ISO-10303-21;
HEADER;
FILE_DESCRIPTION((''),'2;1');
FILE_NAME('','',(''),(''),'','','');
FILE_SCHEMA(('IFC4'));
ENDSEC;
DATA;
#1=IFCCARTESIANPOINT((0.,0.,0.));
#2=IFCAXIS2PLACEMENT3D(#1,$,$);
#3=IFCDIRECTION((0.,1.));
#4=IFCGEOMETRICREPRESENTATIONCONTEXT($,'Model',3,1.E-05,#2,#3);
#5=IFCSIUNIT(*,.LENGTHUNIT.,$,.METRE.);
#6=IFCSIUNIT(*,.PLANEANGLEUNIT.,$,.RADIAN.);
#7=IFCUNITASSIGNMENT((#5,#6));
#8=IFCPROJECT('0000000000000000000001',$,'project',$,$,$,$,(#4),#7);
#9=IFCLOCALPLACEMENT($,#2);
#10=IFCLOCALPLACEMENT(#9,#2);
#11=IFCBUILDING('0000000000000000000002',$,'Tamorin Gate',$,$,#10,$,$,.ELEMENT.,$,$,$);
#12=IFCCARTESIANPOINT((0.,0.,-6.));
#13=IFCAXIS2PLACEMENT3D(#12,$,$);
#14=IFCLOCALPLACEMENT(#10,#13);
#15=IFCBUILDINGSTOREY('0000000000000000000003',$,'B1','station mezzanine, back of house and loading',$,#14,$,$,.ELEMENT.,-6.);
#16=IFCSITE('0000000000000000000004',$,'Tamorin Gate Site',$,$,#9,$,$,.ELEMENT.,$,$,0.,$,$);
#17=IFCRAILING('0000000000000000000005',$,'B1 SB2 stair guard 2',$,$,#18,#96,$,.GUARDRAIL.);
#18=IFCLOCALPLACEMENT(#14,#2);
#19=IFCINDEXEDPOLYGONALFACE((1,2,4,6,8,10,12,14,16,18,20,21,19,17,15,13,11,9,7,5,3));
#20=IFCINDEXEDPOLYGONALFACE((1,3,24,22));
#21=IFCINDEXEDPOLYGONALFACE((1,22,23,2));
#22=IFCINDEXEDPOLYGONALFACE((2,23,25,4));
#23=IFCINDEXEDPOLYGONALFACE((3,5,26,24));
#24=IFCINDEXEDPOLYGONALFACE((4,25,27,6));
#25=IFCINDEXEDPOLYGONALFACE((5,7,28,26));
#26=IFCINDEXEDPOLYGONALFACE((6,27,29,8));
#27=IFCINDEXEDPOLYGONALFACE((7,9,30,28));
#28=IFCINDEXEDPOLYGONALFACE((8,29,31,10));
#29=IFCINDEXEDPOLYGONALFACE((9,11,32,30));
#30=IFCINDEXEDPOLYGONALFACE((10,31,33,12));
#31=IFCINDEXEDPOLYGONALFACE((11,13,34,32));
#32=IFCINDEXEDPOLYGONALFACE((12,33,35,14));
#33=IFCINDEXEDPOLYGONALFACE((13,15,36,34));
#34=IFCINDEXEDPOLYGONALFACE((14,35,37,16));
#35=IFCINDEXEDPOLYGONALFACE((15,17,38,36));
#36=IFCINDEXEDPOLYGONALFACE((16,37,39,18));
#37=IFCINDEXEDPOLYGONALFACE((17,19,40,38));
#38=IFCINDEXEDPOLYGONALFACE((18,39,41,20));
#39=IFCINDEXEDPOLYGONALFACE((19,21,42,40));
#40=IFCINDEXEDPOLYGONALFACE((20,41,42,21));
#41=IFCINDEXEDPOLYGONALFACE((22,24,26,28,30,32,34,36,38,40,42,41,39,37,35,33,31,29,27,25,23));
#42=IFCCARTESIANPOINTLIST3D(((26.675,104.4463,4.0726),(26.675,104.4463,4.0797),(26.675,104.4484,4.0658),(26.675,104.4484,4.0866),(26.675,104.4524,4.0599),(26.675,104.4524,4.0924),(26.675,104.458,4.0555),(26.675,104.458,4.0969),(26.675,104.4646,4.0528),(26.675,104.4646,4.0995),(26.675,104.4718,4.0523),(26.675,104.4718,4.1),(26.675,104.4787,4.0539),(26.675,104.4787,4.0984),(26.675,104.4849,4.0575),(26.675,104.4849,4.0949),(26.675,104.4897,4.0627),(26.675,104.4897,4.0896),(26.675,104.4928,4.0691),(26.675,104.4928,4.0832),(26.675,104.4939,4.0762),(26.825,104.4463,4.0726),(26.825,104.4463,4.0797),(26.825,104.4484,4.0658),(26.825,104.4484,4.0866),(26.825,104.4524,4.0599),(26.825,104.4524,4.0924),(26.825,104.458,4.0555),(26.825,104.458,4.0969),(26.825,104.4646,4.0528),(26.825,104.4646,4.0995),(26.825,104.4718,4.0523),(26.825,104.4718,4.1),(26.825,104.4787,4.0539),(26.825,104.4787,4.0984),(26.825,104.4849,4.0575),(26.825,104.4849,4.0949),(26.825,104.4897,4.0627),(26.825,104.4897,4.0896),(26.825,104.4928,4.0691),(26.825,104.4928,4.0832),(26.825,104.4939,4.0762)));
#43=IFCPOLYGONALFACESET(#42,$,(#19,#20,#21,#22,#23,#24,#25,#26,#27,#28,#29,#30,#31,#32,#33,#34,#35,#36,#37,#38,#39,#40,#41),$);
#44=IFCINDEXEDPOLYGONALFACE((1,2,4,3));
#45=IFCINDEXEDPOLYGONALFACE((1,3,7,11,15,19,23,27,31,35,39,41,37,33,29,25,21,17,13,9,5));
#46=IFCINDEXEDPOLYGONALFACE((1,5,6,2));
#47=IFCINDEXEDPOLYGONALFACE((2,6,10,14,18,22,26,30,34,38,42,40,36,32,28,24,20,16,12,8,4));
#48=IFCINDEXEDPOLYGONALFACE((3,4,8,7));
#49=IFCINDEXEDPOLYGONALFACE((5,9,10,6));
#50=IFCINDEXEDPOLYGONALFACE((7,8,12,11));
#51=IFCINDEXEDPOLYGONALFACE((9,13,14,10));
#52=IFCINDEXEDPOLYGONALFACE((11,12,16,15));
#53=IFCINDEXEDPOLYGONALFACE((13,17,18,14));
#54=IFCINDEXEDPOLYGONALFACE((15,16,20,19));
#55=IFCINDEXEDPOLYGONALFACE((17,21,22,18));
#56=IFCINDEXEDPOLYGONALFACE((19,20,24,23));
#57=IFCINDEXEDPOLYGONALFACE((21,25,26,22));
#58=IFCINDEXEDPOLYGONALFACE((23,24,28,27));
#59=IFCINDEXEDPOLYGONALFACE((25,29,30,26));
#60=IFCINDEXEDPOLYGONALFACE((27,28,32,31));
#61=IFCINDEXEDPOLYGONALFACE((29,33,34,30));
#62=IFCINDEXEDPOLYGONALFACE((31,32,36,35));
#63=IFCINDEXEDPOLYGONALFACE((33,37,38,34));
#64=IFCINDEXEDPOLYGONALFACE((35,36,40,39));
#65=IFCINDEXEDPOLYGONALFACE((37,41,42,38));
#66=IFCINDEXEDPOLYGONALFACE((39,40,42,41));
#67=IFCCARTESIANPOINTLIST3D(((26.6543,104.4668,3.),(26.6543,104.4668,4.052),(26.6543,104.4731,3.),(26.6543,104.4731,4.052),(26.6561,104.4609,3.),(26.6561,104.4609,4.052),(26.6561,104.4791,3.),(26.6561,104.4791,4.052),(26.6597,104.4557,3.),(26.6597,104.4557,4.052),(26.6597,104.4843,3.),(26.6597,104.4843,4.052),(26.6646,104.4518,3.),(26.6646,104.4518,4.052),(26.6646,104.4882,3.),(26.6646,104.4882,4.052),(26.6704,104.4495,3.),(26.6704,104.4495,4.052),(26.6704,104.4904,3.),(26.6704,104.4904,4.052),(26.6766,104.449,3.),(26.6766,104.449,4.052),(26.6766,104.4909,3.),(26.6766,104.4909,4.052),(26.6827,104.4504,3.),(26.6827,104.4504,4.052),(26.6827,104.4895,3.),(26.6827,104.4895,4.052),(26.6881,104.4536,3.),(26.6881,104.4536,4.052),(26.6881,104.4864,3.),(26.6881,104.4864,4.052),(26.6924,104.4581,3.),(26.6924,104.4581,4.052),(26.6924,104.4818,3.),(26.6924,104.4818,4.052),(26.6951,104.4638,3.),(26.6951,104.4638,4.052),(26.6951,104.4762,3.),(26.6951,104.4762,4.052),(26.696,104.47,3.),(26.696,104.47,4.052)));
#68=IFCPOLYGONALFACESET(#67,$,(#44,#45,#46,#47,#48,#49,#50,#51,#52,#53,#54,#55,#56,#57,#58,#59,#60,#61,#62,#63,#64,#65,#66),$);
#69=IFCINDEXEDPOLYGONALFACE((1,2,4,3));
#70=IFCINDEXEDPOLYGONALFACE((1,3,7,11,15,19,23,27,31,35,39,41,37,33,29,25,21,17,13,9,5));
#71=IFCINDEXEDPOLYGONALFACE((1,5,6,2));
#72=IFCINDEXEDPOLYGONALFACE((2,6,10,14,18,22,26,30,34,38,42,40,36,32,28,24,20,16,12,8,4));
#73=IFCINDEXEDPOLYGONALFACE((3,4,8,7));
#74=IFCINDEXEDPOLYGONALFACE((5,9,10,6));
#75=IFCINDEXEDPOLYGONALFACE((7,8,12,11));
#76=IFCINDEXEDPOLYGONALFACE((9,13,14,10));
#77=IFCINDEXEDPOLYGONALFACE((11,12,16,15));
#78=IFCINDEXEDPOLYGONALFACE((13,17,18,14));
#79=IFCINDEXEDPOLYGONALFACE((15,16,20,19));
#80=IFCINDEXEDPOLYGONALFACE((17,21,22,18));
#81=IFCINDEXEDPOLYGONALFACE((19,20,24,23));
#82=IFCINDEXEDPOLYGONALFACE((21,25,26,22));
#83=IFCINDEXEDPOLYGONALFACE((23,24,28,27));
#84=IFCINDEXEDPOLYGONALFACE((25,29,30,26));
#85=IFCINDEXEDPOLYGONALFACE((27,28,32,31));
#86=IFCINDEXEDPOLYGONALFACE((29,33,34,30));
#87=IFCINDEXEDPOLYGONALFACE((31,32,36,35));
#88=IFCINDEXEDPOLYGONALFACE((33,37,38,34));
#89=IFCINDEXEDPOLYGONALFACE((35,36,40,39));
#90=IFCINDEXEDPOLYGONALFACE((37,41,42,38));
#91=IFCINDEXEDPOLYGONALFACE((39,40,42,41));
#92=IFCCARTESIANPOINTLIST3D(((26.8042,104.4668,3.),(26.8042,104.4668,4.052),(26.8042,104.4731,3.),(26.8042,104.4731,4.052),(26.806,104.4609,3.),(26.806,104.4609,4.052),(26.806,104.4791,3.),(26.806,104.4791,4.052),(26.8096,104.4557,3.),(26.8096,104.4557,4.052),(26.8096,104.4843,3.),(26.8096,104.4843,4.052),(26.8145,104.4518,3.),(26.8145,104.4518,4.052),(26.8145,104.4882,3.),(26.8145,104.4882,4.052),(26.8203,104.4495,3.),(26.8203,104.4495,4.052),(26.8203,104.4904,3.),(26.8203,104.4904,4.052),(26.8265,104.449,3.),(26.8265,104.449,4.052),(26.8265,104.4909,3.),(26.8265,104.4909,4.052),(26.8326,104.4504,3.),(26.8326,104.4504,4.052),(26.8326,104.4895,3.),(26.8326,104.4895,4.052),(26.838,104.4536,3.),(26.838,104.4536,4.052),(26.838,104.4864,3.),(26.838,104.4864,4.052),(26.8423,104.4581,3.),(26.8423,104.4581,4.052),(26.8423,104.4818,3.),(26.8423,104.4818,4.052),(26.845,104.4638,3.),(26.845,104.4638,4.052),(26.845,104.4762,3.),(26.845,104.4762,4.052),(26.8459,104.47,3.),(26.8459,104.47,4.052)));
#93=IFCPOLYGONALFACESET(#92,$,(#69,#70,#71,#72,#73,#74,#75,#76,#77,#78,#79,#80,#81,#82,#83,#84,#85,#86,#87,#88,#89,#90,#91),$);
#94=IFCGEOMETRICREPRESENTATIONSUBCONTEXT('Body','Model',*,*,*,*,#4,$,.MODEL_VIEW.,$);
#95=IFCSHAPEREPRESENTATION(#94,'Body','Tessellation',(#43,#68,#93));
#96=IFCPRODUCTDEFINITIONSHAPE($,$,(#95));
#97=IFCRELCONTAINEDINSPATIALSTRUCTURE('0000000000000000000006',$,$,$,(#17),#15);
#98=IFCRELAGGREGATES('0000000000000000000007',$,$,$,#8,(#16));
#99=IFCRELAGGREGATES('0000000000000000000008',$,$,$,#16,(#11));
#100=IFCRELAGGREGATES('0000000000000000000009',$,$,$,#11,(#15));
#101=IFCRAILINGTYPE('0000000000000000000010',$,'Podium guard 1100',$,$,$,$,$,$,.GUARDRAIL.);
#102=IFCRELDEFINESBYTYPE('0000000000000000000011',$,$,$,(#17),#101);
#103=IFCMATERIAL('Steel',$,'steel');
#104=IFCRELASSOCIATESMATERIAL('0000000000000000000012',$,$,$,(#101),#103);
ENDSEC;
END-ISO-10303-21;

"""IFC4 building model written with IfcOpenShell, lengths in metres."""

from ifc_helpers import new_model, si_unit, direction, frame, origin, origin_2d, place, context, subcontext, project, spatial, circle, extrude, material, type_object, element, save


model = new_model("IFC4")

# Units and contexts
model_context = context("Model", 3, precision=1e-05, world=origin(), true_north=direction((0.0, 1.0)))
body_context = subcontext(model_context, "Body", "Model", "MODEL_VIEW")
ifc_project = project(units=[si_unit("LENGTHUNIT", "METRE"), si_unit("PLANEANGLEUNIT", "RADIAN")], contexts=[model_context])

# Site, building, storey
site_placement = place(None, origin())
site = spatial("IfcSite", under=ifc_project, at=site_placement, Name="Tamorin Gate Site", CompositionType="ELEMENT", RefElevation=0.0)
building_placement = place(site_placement, origin())
building = spatial("IfcBuilding", under=site, at=building_placement, Name="Tamorin Gate", CompositionType="ELEMENT")
storey_placement = place(building_placement, frame((0.0, 0.0, -6.0)))
storey = spatial("IfcBuildingStorey", under=building, at=storey_placement, Name="B1", Description="station mezzanine, back of house and loading", CompositionType="ELEMENT", Elevation=-6.0)

# Railing
ifc_material_1 = material(Name="Steel", Category="steel")
railing_type_1 = type_object("IfcRailingType", Name="Podium guard 1100", PredefinedType="GUARDRAIL", material=ifc_material_1)
railing_1_placement = place(storey_placement, frame((26.675, 104.47, 3.0)))
element("IfcRailing", 1, at=railing_1_placement, inside=storey, type_object=railing_type_1, Name="B1 SB2 stair guard 2", PredefinedType="GUARDRAIL", context=body_context, shape_type="SweptSolid", body=[
    extrude(circle(Radius=0.0239, at=origin_2d()), frame((0.0, 0.0, 1.0762), z_axis=(1.0, 0.0, 0.0), x_axis=(0.0, 1.0, 0.0)), (0.0, 0.0, 1.0), 0.1499),
    extrude(circle(Radius=0.021, at=origin_2d()), origin(), (0.0, 0.0, 1.0), 1.052),
    extrude(circle(Radius=0.021, at=origin_2d()), frame((0.1499, 0.0, 0.0)), (0.0, 0.0, 1.0), 1.052),
])

save(model, "model.ifc")
